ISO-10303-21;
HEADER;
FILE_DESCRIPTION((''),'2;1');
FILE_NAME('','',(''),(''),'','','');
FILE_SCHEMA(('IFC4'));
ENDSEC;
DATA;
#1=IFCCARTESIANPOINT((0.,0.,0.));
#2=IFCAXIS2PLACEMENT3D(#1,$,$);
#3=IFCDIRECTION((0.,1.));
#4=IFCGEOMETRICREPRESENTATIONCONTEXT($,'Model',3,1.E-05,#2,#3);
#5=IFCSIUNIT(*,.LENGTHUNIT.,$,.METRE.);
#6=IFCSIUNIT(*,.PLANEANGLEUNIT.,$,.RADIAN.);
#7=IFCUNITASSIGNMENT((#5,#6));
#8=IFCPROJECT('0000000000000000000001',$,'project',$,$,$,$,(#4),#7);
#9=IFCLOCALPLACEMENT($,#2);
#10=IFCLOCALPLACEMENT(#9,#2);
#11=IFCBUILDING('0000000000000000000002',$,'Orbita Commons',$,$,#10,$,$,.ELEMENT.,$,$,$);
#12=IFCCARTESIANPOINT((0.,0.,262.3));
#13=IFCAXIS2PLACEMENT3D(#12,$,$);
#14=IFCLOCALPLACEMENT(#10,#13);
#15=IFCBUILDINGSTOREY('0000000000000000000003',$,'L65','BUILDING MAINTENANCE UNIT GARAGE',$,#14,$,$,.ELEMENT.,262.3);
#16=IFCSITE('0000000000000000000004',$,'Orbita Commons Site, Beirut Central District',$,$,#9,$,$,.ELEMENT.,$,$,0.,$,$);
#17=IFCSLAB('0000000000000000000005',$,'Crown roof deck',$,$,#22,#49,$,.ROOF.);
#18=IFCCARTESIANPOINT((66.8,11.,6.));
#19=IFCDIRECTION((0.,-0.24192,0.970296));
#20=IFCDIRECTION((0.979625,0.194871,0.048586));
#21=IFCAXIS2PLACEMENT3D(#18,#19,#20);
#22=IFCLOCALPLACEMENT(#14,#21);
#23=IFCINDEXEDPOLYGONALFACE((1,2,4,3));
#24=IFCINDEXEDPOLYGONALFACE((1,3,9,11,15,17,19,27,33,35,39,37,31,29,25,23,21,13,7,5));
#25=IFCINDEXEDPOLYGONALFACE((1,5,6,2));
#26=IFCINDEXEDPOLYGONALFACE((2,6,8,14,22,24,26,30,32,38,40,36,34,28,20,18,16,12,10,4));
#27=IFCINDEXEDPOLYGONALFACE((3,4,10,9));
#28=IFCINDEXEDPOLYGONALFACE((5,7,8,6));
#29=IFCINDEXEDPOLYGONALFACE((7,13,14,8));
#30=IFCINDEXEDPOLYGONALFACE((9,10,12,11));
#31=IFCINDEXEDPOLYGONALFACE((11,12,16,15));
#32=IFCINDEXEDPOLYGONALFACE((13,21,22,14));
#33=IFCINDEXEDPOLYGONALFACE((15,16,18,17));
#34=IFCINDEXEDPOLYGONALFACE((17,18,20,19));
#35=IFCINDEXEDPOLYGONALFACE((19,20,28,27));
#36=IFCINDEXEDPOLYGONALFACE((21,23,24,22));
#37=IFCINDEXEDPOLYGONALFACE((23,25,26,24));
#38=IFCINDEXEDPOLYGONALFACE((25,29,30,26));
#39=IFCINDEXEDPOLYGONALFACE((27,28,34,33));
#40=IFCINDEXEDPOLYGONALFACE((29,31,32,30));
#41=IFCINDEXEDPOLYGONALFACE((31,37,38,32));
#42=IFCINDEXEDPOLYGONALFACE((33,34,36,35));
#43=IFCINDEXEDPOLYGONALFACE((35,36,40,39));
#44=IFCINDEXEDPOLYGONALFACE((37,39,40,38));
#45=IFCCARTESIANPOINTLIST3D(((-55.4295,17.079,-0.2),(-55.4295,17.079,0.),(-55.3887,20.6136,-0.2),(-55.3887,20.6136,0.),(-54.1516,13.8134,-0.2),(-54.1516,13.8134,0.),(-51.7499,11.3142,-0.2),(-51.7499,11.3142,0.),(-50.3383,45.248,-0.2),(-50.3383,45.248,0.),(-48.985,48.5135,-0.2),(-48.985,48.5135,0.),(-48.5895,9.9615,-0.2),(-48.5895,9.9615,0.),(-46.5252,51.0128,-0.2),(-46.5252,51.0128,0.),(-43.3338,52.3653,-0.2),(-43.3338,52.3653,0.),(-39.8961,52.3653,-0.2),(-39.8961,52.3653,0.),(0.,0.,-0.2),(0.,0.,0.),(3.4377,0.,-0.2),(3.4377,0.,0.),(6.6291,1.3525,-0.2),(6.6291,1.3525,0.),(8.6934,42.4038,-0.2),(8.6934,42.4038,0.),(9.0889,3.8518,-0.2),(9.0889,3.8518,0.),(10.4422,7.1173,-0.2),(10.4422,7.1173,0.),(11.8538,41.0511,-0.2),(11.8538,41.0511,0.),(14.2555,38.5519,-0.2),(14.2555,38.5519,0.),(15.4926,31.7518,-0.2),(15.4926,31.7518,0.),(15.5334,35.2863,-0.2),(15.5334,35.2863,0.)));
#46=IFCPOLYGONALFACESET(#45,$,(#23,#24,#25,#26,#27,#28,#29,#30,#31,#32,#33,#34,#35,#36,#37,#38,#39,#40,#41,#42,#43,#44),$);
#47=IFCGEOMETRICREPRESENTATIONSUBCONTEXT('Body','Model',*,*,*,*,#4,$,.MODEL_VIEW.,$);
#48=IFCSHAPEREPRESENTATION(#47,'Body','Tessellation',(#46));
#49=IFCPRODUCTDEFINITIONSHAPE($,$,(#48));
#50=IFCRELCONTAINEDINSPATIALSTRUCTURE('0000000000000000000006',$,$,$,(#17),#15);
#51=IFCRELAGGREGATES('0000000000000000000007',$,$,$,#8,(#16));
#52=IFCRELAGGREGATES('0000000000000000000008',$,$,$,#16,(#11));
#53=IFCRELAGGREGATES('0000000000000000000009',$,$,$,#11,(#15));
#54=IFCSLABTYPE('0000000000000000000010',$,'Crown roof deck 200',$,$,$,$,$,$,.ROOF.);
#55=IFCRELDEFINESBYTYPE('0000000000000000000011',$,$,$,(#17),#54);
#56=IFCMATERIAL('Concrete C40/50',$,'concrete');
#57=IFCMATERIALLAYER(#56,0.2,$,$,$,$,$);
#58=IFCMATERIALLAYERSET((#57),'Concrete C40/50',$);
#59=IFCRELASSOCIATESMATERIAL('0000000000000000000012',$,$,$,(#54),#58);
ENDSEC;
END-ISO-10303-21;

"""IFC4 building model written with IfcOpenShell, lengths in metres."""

from ifc_helpers import new_model, si_unit, direction, frame, origin, place, context, subcontext, project, spatial, polyline, outline, extrude, material, layer, layer_set, type_object, element, save


model = new_model("IFC4")

# Units and contexts
model_context = context("Model", 3, precision=1e-05, world=origin(), true_north=direction((0.0, 1.0)))
body_context = subcontext(model_context, "Body", "Model", "MODEL_VIEW")
ifc_project = project(units=[si_unit("LENGTHUNIT", "METRE"), si_unit("PLANEANGLEUNIT", "RADIAN")], contexts=[model_context])

# Site, building, storey
site_placement = place(None, origin())
site = spatial("IfcSite", under=ifc_project, at=site_placement, Name="Orbita Commons Site, Beirut Central District", CompositionType="ELEMENT", RefElevation=0.0)
building_placement = place(site_placement, origin())
building = spatial("IfcBuilding", under=site, at=building_placement, Name="Orbita Commons", CompositionType="ELEMENT")
storey_placement = place(building_placement, frame((0.0, 0.0, 262.3)))
storey = spatial("IfcBuildingStorey", under=building, at=storey_placement, Name="L65", Description="BUILDING MAINTENANCE UNIT GARAGE", CompositionType="ELEMENT", Elevation=262.3)

# Slab
ifc_material_1 = material(Name="Concrete C40/50", Category="concrete")
ifc_layer_1 = layer(ifc_material_1, 0.2)
ifc_layer_set_1 = layer_set([ifc_layer_1], Name="Concrete C40/50")
slab_type = type_object("IfcSlabType", Name="Crown roof deck 200", PredefinedType="ROOF", material=ifc_layer_set_1)
slab_placement = place(storey_placement, frame((66.8, 11.0, 6.0), z_axis=(0.0, -0.24192, 0.970296), x_axis=(0.979625, 0.194871, 0.048586)))
element("IfcSlab", 1, at=slab_placement, inside=storey, type_object=slab_type, Name="Crown roof deck", PredefinedType="ROOF", context=body_context, shape_type="SweptSolid", body=[
    extrude(outline(polyline([(0.0, 0.0), (3.4377, 0.0), (6.6291, 1.3525), (9.0889, 3.8518), (10.4422, 7.1173), (15.4926, 31.7518), (15.5334, 35.2863), (14.2555, 38.5519), (11.8538, 41.0511), (8.6934, 42.4038), (-39.8961, 52.3653), (-43.3338, 52.3653), (-46.5252, 51.0128), (-48.985, 48.5135), (-50.3383, 45.248), (-55.3887, 20.6136), (-55.4295, 17.079), (-54.1516, 13.8134), (-51.7499, 11.3142), (-48.5895, 9.9615), (0.0, 0.0)])), origin(), (0.0, 0.0, -1.0), 0.2),
])

save(model, "model.ifc")
